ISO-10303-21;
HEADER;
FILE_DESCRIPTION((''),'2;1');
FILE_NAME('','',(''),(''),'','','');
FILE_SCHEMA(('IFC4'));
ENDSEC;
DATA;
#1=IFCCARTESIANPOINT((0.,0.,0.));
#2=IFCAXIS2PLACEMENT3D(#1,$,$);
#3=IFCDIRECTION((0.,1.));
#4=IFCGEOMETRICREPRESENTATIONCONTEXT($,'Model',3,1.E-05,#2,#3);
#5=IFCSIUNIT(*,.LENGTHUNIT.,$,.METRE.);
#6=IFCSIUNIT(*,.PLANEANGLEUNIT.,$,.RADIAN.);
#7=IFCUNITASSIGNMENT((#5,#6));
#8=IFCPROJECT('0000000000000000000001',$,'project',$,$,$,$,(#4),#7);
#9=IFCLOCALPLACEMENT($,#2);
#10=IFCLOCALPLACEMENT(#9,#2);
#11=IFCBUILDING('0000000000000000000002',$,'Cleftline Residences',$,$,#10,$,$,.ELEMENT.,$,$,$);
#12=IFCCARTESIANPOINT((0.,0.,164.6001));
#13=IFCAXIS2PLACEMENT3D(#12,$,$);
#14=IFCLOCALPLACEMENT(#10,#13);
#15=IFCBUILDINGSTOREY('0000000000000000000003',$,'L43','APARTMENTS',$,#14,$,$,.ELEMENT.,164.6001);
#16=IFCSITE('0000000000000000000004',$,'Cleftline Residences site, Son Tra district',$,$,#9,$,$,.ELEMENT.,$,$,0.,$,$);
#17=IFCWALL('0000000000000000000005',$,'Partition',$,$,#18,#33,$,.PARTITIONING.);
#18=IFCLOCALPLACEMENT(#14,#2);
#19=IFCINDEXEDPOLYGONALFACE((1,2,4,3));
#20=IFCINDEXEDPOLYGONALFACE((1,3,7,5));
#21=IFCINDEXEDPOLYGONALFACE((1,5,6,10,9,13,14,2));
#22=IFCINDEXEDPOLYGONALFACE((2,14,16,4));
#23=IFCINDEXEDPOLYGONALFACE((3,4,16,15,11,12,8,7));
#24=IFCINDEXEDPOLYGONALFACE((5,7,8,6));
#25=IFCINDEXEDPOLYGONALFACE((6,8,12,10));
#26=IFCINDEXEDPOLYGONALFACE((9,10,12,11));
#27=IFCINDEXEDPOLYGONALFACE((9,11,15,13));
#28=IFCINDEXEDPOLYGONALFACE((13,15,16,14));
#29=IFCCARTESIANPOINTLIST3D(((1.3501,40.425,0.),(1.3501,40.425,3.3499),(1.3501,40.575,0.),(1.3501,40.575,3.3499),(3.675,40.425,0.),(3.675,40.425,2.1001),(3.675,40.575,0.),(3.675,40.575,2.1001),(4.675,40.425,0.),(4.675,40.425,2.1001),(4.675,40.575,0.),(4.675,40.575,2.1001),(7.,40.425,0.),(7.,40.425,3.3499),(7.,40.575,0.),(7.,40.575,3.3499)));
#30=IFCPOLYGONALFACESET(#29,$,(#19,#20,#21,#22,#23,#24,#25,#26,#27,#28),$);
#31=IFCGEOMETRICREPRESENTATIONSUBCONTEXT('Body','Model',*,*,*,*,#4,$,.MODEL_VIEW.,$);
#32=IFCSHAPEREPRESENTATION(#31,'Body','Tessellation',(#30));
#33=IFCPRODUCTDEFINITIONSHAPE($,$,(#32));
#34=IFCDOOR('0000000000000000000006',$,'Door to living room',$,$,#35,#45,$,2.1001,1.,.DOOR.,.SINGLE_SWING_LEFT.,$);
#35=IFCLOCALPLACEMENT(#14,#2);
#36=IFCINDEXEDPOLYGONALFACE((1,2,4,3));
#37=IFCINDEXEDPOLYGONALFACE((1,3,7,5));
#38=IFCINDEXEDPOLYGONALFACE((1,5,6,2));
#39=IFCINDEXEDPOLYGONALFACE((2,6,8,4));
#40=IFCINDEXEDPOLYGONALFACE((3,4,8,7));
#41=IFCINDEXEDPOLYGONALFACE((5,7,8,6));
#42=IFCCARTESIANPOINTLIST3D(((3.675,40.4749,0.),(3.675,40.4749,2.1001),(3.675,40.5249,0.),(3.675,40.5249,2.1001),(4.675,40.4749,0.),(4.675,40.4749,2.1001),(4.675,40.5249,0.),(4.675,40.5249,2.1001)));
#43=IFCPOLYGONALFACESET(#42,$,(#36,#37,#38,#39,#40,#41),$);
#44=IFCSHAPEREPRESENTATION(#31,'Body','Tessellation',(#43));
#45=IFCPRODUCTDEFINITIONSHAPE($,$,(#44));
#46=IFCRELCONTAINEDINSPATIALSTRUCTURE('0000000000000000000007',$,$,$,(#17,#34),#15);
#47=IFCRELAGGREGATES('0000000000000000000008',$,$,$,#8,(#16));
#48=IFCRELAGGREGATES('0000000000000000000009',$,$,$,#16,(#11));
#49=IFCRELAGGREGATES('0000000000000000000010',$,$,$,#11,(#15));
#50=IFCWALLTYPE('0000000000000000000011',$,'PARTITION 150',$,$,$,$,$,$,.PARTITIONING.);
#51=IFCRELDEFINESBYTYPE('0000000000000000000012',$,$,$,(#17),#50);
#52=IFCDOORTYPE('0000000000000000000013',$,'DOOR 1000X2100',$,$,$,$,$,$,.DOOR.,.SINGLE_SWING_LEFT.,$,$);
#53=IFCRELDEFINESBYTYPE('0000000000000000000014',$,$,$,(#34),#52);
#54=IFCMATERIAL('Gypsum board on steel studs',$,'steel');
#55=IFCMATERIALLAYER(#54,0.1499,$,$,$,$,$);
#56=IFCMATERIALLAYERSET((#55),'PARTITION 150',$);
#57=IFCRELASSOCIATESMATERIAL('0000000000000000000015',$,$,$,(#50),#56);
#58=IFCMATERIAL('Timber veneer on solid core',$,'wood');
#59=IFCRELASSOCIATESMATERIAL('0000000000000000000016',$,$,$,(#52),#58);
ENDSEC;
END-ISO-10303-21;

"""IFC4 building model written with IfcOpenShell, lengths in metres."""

from ifc_helpers import new_model, si_unit, direction, frame, frame_2d, origin, place, context, subcontext, project, spatial, rectangle, extrude, material, layer, layer_set, type_object, element, fill, save


model = new_model("IFC4")

# Units and contexts
model_context = context("Model", 3, precision=1e-05, world=origin(), true_north=direction((0.0, 1.0)))
body_context = subcontext(model_context, "Body", "Model", "MODEL_VIEW")
ifc_project = project(units=[si_unit("LENGTHUNIT", "METRE"), si_unit("PLANEANGLEUNIT", "RADIAN")], contexts=[model_context])

# Site, building, storey
site_placement = place(None, origin())
site = spatial("IfcSite", under=ifc_project, at=site_placement, Name="Cleftline Residences site, Son Tra district", CompositionType="ELEMENT", RefElevation=0.0)
building_placement = place(site_placement, origin())
building = spatial("IfcBuilding", under=site, at=building_placement, Name="Cleftline Residences", CompositionType="ELEMENT")
storey_placement = place(building_placement, frame((0.0, 0.0, 164.6001)))
storey = spatial("IfcBuildingStorey", under=building, at=storey_placement, Name="L43", Description="APARTMENTS", CompositionType="ELEMENT", Elevation=164.6001)

# Wall, opening, door
ifc_material_1 = material(Name="Gypsum board on steel studs", Category="steel")
ifc_layer_1 = layer(ifc_material_1, 0.1499)
ifc_layer_set_1 = layer_set([ifc_layer_1], Name="PARTITION 150")
wall_type_1 = type_object("IfcWallType", Name="PARTITION 150", PredefinedType="PARTITIONING", material=ifc_layer_set_1)
wall_1_placement = place(storey_placement, frame((1.3501, 40.5, 0.0), z_axis=(0.0, 0.0, 1.0), x_axis=(1.0, 0.0, 0.0)))
wall_1 = element("IfcWall", 1, at=wall_1_placement, inside=storey, type_object=wall_type_1, Name="Partition", PredefinedType="PARTITIONING", context=body_context, shape_type="SweptSolid", body=[
    extrude(rectangle(XDim=5.6499, YDim=0.1499, at=frame_2d((2.825, 0.0))), origin(), (0.0, 0.0, 1.0), 3.3499),
])
opening_1_placement = place(wall_1_placement, frame((2.325, 0.0, 0.0)))
opening_1 = element("IfcOpeningElement", 2, at=opening_1_placement, cuts=wall_1, PredefinedType="OPENING", context=body_context, shape_type="SweptSolid", body=[
    extrude(rectangle(XDim=1.0, YDim=2.1001, at=frame_2d((0.5, 1.05))), frame((0.0, 0.085, 0.0), z_axis=(0.0, -1.0, 0.0), x_axis=(1.0, 0.0, 0.0)), (0.0, 0.0, 1.0), 0.1699),
])
ifc_material_2 = material(Name="Timber veneer on solid core", Category="wood")
door_type = type_object("IfcDoorType", Name="DOOR 1000X2100", OperationType="SINGLE_SWING_LEFT", PredefinedType="DOOR", material=ifc_material_2)
door_placement = place(opening_1_placement, origin())
door = element("IfcDoor", 3, at=door_placement, inside=storey, type_object=door_type, Name="Door to living room", OperationType="SINGLE_SWING_LEFT", OverallHeight=2.1001, OverallWidth=1.0, PredefinedType="DOOR", context=body_context, shape_type="SweptSolid", body=[
    extrude(rectangle(XDim=1.0, YDim=2.1001, at=frame_2d((0.5, 1.05))), frame((0.0, 0.0249, 0.0), z_axis=(0.0, -1.0, 0.0), x_axis=(1.0, 0.0, 0.0)), (0.0, 0.0, 1.0), 0.05),
])
fill(opening_1, door)

save(model, "model.ifc")
